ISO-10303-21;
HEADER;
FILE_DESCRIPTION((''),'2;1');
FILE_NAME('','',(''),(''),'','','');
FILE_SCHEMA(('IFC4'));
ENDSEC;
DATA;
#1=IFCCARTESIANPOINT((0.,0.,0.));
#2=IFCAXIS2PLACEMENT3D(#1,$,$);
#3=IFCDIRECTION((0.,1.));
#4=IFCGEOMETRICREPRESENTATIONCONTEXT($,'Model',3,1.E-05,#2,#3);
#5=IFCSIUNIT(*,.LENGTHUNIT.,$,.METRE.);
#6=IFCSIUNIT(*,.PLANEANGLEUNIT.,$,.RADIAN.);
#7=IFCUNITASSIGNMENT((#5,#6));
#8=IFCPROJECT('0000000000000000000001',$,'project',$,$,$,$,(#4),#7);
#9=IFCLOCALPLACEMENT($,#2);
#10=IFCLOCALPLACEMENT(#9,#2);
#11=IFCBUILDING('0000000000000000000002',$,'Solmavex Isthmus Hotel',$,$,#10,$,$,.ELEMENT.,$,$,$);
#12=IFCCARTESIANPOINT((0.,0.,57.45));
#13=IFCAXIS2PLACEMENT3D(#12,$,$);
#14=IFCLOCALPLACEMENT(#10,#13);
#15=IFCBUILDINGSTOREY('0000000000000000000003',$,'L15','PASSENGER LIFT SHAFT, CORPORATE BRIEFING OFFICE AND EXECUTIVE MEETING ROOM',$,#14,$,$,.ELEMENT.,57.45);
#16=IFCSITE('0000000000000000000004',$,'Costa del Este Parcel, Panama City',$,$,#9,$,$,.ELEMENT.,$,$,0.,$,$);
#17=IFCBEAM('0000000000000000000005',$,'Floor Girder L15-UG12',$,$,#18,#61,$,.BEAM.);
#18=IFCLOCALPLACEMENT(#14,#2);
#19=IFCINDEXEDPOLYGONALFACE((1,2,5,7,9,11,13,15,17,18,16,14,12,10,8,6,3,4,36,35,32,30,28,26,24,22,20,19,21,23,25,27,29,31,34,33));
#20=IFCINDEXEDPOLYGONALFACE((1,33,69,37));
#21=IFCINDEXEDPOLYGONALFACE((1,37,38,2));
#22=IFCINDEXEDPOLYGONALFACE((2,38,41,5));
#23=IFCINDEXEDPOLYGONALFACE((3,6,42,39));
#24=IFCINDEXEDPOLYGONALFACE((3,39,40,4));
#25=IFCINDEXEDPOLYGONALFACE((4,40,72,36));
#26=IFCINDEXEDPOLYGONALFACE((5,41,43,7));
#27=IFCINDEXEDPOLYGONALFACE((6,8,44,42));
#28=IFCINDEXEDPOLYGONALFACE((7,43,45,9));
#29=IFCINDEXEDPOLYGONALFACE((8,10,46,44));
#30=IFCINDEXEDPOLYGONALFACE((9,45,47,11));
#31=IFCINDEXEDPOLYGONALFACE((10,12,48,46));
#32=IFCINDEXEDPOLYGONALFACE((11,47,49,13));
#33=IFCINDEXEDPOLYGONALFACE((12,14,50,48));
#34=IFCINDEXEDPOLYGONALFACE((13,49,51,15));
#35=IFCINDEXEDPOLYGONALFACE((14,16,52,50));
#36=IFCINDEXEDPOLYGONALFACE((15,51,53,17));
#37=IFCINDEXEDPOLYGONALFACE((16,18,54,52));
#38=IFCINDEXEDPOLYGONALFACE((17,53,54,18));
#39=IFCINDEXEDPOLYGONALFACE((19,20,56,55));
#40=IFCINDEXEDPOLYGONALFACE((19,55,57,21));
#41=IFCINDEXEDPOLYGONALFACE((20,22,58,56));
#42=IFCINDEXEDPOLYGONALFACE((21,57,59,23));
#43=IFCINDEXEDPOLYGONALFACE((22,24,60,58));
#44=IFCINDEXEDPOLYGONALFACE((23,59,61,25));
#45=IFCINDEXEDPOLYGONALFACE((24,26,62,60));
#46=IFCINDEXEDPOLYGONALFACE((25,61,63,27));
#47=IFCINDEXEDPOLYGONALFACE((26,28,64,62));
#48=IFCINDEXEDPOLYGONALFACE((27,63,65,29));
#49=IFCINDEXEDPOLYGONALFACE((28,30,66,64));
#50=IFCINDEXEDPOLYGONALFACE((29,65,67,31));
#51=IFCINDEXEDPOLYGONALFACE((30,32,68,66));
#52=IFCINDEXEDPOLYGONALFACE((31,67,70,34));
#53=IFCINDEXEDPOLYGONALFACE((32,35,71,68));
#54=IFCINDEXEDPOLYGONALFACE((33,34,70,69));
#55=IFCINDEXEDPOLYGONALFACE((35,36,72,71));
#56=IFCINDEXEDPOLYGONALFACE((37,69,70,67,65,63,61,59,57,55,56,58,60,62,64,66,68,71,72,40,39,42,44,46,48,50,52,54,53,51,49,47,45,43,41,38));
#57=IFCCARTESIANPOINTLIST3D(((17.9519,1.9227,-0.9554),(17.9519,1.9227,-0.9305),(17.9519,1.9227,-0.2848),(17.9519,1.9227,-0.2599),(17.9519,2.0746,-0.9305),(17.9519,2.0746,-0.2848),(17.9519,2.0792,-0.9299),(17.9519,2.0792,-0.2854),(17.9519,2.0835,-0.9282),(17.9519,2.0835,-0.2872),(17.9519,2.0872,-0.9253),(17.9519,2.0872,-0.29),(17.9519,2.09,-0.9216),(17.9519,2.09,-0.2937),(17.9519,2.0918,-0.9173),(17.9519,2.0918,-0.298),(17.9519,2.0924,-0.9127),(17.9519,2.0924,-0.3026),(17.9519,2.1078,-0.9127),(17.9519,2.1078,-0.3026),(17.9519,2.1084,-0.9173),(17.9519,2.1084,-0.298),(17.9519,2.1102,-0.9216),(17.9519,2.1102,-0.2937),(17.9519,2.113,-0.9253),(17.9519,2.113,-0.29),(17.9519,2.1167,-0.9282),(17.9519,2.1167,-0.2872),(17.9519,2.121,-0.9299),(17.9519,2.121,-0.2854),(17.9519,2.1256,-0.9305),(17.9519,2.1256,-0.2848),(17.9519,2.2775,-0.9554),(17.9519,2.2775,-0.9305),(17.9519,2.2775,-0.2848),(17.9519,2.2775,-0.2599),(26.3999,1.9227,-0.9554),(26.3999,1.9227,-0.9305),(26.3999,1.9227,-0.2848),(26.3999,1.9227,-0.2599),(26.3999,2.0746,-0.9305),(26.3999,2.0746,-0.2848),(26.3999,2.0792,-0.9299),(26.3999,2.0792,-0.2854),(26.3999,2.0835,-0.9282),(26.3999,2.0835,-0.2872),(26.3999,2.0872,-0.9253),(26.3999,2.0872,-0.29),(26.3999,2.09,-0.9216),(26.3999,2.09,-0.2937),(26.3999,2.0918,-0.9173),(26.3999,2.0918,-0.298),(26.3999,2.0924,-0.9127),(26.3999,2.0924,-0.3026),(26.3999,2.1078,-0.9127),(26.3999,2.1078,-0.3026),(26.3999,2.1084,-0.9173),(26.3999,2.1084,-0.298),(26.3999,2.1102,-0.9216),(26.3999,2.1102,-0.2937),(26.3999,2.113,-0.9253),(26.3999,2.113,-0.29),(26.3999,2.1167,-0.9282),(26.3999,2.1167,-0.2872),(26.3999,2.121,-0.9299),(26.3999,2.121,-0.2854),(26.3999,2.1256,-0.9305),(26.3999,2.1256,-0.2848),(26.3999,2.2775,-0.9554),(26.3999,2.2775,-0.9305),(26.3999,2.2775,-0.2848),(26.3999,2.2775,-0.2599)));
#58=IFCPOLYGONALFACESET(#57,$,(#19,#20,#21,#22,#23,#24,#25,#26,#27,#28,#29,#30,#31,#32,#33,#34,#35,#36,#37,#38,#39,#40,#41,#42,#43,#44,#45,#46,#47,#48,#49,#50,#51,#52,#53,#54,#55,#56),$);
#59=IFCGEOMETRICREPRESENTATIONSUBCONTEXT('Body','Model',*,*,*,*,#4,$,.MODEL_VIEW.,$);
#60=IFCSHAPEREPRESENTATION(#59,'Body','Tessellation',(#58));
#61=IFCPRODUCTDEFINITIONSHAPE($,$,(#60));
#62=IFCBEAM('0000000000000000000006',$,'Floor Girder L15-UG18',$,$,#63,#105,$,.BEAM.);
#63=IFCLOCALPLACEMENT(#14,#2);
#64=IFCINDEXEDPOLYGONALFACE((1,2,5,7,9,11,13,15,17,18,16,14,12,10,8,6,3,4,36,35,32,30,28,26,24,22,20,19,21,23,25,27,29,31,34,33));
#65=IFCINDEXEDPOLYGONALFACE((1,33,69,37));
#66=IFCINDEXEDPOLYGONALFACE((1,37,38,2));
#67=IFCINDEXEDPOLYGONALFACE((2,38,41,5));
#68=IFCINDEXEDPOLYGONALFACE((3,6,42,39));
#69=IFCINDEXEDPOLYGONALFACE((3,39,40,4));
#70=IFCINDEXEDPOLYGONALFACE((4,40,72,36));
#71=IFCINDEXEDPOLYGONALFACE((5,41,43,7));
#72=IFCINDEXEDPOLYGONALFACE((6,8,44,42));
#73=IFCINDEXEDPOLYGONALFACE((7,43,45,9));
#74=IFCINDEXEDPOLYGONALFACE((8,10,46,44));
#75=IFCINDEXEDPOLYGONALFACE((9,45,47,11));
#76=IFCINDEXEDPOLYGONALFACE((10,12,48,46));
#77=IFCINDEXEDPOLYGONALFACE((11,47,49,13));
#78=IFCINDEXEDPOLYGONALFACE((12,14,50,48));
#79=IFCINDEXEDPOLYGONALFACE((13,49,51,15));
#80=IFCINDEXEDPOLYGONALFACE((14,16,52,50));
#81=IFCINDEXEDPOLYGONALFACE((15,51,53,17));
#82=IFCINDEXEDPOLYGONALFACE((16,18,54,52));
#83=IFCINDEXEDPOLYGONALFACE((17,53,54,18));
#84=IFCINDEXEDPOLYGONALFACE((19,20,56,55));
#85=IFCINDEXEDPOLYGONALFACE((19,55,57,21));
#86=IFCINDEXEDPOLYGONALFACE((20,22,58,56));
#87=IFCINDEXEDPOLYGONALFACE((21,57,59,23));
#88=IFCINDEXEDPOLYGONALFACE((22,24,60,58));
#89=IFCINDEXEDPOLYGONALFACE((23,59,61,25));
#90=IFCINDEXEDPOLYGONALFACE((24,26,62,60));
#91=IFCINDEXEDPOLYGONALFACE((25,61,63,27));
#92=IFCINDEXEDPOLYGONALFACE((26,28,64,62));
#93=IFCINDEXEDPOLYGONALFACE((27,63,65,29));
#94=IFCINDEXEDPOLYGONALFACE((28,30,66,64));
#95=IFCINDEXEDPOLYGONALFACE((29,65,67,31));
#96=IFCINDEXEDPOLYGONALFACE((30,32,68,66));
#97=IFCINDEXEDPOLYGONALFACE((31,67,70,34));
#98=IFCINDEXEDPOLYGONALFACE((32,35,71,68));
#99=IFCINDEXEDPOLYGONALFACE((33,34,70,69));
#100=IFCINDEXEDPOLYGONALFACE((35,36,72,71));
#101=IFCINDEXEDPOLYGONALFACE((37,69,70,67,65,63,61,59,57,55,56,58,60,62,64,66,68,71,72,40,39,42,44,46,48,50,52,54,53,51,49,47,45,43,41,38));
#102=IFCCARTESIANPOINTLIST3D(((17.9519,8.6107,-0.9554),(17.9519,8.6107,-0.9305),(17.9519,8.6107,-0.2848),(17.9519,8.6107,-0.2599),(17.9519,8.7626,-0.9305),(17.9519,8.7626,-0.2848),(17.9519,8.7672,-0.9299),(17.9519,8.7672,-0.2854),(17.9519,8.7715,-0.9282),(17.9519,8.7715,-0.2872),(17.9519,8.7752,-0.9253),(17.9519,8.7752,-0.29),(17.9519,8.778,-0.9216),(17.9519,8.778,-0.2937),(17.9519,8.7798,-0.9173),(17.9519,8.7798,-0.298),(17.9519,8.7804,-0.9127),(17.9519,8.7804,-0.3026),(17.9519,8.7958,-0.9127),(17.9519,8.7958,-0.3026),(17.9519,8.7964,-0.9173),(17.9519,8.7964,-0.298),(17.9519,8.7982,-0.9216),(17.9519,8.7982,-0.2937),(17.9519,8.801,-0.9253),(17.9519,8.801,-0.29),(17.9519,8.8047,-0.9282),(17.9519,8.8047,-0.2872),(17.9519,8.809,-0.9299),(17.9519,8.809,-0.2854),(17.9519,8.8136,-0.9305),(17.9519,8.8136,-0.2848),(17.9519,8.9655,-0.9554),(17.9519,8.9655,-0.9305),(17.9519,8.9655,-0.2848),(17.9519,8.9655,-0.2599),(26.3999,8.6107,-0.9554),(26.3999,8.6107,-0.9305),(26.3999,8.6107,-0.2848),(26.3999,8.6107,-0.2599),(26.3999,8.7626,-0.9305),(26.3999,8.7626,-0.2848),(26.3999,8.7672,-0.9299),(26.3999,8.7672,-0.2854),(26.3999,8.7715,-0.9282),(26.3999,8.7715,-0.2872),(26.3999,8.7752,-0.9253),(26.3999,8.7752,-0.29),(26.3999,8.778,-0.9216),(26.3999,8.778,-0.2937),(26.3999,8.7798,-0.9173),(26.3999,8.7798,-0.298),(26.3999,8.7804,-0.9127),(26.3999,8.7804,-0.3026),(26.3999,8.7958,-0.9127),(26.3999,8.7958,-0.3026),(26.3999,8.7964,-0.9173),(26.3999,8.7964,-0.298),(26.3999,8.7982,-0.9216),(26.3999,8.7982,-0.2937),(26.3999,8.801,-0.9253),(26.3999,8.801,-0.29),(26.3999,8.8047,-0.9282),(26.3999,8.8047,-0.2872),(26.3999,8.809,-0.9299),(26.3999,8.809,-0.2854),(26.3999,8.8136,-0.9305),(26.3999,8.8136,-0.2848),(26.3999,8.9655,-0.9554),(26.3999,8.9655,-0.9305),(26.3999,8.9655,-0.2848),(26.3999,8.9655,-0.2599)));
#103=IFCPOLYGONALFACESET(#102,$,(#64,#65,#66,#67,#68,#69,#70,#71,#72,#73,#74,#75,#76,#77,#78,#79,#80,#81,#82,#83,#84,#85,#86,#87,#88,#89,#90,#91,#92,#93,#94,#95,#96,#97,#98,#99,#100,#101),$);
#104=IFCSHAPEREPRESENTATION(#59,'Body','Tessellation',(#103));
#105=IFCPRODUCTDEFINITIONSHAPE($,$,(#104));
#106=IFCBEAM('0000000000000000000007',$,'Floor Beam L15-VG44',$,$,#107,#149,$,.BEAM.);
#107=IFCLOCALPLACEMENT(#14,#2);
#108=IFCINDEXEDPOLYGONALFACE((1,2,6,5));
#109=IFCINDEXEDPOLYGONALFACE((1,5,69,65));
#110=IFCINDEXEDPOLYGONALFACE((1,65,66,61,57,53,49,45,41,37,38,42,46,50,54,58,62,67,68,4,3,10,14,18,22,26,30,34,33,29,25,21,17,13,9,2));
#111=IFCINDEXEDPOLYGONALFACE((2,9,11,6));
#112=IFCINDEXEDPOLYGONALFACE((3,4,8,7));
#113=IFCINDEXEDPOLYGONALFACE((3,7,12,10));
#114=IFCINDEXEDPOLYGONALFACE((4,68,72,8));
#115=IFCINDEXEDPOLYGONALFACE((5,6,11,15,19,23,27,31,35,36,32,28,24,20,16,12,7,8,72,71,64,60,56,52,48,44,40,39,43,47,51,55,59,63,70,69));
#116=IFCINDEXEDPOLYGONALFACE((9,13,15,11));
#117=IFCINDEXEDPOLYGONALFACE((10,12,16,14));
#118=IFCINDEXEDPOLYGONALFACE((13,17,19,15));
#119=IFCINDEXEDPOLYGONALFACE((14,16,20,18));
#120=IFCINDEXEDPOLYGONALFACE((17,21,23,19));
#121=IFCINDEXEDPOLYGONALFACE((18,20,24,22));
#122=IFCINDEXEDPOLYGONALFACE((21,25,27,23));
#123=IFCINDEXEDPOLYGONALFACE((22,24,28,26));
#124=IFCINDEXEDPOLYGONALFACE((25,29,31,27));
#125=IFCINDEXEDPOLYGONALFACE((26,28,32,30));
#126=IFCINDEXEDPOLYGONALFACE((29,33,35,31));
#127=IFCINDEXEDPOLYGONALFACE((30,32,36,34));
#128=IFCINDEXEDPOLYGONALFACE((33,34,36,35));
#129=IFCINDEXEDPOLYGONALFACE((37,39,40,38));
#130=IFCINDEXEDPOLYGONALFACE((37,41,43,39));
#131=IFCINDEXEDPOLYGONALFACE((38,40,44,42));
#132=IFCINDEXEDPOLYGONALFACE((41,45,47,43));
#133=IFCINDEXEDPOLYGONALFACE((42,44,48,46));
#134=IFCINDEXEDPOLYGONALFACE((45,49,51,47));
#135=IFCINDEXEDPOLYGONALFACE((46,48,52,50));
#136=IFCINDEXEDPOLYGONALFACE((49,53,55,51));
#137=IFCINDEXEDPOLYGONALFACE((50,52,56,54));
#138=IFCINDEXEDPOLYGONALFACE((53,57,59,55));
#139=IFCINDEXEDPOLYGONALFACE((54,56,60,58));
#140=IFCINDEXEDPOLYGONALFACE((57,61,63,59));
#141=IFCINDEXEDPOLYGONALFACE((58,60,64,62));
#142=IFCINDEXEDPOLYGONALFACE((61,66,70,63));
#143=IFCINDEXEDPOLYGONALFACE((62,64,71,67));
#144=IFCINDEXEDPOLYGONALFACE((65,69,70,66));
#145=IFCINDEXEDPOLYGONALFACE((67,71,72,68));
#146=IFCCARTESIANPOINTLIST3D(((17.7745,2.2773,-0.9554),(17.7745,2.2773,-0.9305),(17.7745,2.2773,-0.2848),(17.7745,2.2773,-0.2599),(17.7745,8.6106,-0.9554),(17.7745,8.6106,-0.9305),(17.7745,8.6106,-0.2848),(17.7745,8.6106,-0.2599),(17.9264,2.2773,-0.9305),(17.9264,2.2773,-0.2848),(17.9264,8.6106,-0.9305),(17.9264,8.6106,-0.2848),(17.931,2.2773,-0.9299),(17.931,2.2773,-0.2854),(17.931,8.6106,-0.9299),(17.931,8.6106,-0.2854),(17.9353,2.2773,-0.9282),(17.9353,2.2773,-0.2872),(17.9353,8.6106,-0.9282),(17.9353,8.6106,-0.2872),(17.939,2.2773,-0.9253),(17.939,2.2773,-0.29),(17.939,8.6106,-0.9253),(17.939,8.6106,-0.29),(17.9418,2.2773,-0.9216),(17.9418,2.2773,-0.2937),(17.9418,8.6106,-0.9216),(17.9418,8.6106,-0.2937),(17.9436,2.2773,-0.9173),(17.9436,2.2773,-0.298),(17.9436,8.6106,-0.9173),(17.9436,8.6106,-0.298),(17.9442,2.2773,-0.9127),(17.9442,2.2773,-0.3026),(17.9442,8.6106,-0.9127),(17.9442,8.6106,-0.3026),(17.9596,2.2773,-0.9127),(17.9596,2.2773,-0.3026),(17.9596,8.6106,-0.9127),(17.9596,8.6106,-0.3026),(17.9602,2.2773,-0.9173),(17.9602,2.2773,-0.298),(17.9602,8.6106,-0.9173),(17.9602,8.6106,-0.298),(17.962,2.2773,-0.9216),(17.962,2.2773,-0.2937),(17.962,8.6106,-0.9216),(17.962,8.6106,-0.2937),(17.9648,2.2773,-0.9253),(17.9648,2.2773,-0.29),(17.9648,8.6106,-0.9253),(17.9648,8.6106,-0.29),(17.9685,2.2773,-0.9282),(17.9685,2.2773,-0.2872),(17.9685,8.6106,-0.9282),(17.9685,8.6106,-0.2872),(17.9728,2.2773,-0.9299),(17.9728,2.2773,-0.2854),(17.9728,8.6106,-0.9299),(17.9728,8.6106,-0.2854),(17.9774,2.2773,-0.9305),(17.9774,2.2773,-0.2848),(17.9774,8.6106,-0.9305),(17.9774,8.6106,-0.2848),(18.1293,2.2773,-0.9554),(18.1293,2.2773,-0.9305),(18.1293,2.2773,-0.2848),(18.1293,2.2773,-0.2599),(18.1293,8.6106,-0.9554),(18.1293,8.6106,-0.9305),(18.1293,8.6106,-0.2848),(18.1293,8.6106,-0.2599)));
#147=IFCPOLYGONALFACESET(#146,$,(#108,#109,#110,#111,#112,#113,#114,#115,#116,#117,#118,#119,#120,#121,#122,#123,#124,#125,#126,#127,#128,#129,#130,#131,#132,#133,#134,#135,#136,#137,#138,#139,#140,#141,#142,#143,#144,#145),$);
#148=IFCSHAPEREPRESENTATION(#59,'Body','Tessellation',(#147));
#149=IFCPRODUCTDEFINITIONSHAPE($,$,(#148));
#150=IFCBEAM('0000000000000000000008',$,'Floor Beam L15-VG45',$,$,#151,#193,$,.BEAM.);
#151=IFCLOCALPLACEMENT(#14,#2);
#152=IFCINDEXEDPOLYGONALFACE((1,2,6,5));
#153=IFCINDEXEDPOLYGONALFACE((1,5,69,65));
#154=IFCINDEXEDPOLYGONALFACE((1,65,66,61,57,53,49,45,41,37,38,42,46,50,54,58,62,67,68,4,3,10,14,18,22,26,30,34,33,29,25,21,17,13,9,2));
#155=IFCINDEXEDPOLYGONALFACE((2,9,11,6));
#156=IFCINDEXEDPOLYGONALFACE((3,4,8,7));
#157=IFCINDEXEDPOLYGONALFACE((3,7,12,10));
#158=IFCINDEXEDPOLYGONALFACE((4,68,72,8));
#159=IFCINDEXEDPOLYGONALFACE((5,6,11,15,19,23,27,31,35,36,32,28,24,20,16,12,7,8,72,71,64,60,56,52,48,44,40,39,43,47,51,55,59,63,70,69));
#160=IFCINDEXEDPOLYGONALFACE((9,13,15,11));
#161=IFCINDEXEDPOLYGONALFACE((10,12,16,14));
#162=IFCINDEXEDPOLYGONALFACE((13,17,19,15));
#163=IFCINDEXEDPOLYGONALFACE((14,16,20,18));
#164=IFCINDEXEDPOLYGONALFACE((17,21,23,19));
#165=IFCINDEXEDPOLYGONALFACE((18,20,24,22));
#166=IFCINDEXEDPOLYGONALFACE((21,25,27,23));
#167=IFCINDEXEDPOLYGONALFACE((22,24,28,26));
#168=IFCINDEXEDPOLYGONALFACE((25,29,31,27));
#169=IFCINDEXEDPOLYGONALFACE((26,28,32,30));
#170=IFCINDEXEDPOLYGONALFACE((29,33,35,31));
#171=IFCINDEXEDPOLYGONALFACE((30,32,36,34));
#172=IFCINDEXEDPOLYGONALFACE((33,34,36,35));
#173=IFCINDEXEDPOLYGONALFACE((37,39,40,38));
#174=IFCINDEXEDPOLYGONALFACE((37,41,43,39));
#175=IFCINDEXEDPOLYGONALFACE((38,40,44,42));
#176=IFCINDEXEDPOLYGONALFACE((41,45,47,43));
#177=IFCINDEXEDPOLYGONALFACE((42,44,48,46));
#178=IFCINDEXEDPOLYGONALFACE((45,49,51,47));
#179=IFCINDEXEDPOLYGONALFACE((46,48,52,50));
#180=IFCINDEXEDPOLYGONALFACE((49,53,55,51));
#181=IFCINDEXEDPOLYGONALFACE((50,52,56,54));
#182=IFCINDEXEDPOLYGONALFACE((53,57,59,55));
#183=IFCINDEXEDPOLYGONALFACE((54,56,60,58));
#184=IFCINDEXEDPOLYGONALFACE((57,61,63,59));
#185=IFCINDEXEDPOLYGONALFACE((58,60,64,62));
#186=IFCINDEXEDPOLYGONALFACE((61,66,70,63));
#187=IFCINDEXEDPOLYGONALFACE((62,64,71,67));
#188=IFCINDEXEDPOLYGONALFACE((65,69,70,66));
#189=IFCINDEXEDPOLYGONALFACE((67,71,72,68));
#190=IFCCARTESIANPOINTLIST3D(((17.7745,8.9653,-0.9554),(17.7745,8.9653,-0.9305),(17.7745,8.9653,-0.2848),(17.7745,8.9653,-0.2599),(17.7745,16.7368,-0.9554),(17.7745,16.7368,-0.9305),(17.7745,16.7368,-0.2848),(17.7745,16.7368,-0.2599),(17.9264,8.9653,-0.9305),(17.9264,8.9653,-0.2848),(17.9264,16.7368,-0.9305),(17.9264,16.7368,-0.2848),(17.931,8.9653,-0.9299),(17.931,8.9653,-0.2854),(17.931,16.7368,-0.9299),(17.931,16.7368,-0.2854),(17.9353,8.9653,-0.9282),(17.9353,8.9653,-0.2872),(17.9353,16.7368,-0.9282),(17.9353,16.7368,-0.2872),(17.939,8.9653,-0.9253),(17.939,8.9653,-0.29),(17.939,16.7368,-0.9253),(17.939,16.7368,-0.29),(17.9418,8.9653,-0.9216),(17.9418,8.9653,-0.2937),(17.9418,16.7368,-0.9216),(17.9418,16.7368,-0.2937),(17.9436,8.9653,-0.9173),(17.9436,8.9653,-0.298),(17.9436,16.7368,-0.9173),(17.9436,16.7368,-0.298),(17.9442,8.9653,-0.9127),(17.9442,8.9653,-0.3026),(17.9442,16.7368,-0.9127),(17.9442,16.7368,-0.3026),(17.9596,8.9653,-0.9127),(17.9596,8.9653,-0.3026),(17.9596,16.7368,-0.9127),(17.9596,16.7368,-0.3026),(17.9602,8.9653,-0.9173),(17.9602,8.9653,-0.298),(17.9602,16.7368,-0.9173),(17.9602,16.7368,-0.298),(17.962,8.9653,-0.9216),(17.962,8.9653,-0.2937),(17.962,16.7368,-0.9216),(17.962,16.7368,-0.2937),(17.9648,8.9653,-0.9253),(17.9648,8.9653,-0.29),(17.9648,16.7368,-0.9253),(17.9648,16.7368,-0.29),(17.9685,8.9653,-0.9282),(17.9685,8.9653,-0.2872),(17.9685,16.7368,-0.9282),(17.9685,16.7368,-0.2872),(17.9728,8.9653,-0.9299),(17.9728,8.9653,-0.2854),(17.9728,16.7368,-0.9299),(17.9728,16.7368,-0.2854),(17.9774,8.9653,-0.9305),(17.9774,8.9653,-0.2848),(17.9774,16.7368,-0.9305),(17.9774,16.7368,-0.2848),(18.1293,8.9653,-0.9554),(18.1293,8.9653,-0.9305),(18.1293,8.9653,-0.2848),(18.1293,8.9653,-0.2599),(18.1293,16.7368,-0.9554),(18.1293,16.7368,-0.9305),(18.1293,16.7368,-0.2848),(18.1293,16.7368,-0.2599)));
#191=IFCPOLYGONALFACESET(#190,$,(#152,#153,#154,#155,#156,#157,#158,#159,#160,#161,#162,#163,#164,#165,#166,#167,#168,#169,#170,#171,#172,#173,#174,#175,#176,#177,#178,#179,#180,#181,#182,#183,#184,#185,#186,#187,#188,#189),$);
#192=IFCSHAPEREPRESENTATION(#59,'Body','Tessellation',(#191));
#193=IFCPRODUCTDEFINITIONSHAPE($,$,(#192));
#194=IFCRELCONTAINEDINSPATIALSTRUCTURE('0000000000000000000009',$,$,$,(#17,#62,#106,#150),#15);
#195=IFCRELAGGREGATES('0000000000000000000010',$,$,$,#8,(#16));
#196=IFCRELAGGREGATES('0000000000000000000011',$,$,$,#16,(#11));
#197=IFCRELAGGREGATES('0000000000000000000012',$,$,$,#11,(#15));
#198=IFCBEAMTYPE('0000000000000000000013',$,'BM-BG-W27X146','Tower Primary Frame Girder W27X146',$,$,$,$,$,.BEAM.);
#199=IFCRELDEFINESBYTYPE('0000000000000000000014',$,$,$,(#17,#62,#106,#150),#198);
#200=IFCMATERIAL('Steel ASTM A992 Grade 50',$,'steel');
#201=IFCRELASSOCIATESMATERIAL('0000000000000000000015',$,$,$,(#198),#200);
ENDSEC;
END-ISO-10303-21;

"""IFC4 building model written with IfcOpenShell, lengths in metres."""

from ifc_helpers import new_model, si_unit, direction, frame, origin, origin_2d, place, context, subcontext, project, spatial, i_section, extrude, material, material_profile, profile_set, type_object, element, save


model = new_model("IFC4")

# Units and contexts
model_context = context("Model", 3, precision=1e-05, world=origin(), true_north=direction((0.0, 1.0)))
body_context = subcontext(model_context, "Body", "Model", "MODEL_VIEW")
ifc_project = project(units=[si_unit("LENGTHUNIT", "METRE"), si_unit("PLANEANGLEUNIT", "RADIAN")], contexts=[model_context])

# Site, building, storey
site_placement = place(None, origin())
site = spatial("IfcSite", under=ifc_project, at=site_placement, Name="Costa del Este Parcel, Panama City", CompositionType="ELEMENT", RefElevation=0.0)
building_placement = place(site_placement, origin())
building = spatial("IfcBuilding", under=site, at=building_placement, Name="Solmavex Isthmus Hotel", CompositionType="ELEMENT")
storey_placement = place(building_placement, frame((0.0, 0.0, 57.45)))
storey = spatial("IfcBuildingStorey", under=building, at=storey_placement, Name="L15", Description="PASSENGER LIFT SHAFT, CORPORATE BRIEFING OFFICE AND EXECUTIVE MEETING ROOM", CompositionType="ELEMENT", Elevation=57.45)

# Beams
ifc_material_1 = material(Name="Steel ASTM A992 Grade 50", Category="steel")
ifc_material_profile_1 = material_profile(ifc_material_1, i_section(OverallWidth=0.3547, OverallDepth=0.6956, WebThickness=0.0154, FlangeThickness=0.0249, FilletRadius=0.0178, at=origin_2d()), Name="W27X146")
ifc_profile_set_1 = profile_set([ifc_material_profile_1], Name="Steel ASTM A992 Grade 50")
beam_type_1 = type_object("IfcBeamType", Name="BM-BG-W27X146", Description="Tower Primary Frame Girder W27X146", PredefinedType="BEAM", material=ifc_profile_set_1)
for number, where, z_axis, x_axis, name in (
    (1, (17.9519, 2.1001, -0.6077), (1.0, 0.0, 0.0), (0.0, 1.0, 0.0), "Floor Girder L15-UG12"),
    (2, (17.9519, 8.7881, -0.6077), (1.0, 0.0, 0.0), (0.0, 1.0, 0.0), "Floor Girder L15-UG18"),
):
    element("IfcBeam", number, at=place(storey_placement, frame(where, z_axis=z_axis, x_axis=x_axis)), inside=storey, type_object=beam_type_1, Name=name, PredefinedType="BEAM", context=body_context, shape_type="SweptSolid", body=[
        extrude(i_section(OverallWidth=0.3547, OverallDepth=0.6956, WebThickness=0.0154, FlangeThickness=0.0249, FilletRadius=0.0178, at=origin_2d()), origin(), (0.0, 0.0, 1.0), 8.448),
    ])
beam_1_placement = place(storey_placement, frame((17.9519, 2.2773, -0.6077), z_axis=(0.0, 1.0, 0.0), x_axis=(-1.0, 0.0, 0.0)))
element("IfcBeam", 3, at=beam_1_placement, inside=storey, type_object=beam_type_1, Name="Floor Beam L15-VG44", PredefinedType="BEAM", context=body_context, shape_type="SweptSolid", body=[
    extrude(i_section(OverallWidth=0.3547, OverallDepth=0.6956, WebThickness=0.0154, FlangeThickness=0.0249, FilletRadius=0.0178, at=origin_2d()), origin(), (0.0, 0.0, 1.0), 6.3333),
])
beam_2_placement = place(storey_placement, frame((17.9519, 8.9653, -0.6077), z_axis=(0.0, 1.0, 0.0), x_axis=(-1.0, 0.0, 0.0)))
element("IfcBeam", 4, at=beam_2_placement, inside=storey, type_object=beam_type_1, Name="Floor Beam L15-VG45", PredefinedType="BEAM", context=body_context, shape_type="SweptSolid", body=[
    extrude(i_section(OverallWidth=0.3547, OverallDepth=0.6956, WebThickness=0.0154, FlangeThickness=0.0249, FilletRadius=0.0178, at=origin_2d()), origin(), (0.0, 0.0, 1.0), 7.7715),
])

save(model, "model.ifc")
